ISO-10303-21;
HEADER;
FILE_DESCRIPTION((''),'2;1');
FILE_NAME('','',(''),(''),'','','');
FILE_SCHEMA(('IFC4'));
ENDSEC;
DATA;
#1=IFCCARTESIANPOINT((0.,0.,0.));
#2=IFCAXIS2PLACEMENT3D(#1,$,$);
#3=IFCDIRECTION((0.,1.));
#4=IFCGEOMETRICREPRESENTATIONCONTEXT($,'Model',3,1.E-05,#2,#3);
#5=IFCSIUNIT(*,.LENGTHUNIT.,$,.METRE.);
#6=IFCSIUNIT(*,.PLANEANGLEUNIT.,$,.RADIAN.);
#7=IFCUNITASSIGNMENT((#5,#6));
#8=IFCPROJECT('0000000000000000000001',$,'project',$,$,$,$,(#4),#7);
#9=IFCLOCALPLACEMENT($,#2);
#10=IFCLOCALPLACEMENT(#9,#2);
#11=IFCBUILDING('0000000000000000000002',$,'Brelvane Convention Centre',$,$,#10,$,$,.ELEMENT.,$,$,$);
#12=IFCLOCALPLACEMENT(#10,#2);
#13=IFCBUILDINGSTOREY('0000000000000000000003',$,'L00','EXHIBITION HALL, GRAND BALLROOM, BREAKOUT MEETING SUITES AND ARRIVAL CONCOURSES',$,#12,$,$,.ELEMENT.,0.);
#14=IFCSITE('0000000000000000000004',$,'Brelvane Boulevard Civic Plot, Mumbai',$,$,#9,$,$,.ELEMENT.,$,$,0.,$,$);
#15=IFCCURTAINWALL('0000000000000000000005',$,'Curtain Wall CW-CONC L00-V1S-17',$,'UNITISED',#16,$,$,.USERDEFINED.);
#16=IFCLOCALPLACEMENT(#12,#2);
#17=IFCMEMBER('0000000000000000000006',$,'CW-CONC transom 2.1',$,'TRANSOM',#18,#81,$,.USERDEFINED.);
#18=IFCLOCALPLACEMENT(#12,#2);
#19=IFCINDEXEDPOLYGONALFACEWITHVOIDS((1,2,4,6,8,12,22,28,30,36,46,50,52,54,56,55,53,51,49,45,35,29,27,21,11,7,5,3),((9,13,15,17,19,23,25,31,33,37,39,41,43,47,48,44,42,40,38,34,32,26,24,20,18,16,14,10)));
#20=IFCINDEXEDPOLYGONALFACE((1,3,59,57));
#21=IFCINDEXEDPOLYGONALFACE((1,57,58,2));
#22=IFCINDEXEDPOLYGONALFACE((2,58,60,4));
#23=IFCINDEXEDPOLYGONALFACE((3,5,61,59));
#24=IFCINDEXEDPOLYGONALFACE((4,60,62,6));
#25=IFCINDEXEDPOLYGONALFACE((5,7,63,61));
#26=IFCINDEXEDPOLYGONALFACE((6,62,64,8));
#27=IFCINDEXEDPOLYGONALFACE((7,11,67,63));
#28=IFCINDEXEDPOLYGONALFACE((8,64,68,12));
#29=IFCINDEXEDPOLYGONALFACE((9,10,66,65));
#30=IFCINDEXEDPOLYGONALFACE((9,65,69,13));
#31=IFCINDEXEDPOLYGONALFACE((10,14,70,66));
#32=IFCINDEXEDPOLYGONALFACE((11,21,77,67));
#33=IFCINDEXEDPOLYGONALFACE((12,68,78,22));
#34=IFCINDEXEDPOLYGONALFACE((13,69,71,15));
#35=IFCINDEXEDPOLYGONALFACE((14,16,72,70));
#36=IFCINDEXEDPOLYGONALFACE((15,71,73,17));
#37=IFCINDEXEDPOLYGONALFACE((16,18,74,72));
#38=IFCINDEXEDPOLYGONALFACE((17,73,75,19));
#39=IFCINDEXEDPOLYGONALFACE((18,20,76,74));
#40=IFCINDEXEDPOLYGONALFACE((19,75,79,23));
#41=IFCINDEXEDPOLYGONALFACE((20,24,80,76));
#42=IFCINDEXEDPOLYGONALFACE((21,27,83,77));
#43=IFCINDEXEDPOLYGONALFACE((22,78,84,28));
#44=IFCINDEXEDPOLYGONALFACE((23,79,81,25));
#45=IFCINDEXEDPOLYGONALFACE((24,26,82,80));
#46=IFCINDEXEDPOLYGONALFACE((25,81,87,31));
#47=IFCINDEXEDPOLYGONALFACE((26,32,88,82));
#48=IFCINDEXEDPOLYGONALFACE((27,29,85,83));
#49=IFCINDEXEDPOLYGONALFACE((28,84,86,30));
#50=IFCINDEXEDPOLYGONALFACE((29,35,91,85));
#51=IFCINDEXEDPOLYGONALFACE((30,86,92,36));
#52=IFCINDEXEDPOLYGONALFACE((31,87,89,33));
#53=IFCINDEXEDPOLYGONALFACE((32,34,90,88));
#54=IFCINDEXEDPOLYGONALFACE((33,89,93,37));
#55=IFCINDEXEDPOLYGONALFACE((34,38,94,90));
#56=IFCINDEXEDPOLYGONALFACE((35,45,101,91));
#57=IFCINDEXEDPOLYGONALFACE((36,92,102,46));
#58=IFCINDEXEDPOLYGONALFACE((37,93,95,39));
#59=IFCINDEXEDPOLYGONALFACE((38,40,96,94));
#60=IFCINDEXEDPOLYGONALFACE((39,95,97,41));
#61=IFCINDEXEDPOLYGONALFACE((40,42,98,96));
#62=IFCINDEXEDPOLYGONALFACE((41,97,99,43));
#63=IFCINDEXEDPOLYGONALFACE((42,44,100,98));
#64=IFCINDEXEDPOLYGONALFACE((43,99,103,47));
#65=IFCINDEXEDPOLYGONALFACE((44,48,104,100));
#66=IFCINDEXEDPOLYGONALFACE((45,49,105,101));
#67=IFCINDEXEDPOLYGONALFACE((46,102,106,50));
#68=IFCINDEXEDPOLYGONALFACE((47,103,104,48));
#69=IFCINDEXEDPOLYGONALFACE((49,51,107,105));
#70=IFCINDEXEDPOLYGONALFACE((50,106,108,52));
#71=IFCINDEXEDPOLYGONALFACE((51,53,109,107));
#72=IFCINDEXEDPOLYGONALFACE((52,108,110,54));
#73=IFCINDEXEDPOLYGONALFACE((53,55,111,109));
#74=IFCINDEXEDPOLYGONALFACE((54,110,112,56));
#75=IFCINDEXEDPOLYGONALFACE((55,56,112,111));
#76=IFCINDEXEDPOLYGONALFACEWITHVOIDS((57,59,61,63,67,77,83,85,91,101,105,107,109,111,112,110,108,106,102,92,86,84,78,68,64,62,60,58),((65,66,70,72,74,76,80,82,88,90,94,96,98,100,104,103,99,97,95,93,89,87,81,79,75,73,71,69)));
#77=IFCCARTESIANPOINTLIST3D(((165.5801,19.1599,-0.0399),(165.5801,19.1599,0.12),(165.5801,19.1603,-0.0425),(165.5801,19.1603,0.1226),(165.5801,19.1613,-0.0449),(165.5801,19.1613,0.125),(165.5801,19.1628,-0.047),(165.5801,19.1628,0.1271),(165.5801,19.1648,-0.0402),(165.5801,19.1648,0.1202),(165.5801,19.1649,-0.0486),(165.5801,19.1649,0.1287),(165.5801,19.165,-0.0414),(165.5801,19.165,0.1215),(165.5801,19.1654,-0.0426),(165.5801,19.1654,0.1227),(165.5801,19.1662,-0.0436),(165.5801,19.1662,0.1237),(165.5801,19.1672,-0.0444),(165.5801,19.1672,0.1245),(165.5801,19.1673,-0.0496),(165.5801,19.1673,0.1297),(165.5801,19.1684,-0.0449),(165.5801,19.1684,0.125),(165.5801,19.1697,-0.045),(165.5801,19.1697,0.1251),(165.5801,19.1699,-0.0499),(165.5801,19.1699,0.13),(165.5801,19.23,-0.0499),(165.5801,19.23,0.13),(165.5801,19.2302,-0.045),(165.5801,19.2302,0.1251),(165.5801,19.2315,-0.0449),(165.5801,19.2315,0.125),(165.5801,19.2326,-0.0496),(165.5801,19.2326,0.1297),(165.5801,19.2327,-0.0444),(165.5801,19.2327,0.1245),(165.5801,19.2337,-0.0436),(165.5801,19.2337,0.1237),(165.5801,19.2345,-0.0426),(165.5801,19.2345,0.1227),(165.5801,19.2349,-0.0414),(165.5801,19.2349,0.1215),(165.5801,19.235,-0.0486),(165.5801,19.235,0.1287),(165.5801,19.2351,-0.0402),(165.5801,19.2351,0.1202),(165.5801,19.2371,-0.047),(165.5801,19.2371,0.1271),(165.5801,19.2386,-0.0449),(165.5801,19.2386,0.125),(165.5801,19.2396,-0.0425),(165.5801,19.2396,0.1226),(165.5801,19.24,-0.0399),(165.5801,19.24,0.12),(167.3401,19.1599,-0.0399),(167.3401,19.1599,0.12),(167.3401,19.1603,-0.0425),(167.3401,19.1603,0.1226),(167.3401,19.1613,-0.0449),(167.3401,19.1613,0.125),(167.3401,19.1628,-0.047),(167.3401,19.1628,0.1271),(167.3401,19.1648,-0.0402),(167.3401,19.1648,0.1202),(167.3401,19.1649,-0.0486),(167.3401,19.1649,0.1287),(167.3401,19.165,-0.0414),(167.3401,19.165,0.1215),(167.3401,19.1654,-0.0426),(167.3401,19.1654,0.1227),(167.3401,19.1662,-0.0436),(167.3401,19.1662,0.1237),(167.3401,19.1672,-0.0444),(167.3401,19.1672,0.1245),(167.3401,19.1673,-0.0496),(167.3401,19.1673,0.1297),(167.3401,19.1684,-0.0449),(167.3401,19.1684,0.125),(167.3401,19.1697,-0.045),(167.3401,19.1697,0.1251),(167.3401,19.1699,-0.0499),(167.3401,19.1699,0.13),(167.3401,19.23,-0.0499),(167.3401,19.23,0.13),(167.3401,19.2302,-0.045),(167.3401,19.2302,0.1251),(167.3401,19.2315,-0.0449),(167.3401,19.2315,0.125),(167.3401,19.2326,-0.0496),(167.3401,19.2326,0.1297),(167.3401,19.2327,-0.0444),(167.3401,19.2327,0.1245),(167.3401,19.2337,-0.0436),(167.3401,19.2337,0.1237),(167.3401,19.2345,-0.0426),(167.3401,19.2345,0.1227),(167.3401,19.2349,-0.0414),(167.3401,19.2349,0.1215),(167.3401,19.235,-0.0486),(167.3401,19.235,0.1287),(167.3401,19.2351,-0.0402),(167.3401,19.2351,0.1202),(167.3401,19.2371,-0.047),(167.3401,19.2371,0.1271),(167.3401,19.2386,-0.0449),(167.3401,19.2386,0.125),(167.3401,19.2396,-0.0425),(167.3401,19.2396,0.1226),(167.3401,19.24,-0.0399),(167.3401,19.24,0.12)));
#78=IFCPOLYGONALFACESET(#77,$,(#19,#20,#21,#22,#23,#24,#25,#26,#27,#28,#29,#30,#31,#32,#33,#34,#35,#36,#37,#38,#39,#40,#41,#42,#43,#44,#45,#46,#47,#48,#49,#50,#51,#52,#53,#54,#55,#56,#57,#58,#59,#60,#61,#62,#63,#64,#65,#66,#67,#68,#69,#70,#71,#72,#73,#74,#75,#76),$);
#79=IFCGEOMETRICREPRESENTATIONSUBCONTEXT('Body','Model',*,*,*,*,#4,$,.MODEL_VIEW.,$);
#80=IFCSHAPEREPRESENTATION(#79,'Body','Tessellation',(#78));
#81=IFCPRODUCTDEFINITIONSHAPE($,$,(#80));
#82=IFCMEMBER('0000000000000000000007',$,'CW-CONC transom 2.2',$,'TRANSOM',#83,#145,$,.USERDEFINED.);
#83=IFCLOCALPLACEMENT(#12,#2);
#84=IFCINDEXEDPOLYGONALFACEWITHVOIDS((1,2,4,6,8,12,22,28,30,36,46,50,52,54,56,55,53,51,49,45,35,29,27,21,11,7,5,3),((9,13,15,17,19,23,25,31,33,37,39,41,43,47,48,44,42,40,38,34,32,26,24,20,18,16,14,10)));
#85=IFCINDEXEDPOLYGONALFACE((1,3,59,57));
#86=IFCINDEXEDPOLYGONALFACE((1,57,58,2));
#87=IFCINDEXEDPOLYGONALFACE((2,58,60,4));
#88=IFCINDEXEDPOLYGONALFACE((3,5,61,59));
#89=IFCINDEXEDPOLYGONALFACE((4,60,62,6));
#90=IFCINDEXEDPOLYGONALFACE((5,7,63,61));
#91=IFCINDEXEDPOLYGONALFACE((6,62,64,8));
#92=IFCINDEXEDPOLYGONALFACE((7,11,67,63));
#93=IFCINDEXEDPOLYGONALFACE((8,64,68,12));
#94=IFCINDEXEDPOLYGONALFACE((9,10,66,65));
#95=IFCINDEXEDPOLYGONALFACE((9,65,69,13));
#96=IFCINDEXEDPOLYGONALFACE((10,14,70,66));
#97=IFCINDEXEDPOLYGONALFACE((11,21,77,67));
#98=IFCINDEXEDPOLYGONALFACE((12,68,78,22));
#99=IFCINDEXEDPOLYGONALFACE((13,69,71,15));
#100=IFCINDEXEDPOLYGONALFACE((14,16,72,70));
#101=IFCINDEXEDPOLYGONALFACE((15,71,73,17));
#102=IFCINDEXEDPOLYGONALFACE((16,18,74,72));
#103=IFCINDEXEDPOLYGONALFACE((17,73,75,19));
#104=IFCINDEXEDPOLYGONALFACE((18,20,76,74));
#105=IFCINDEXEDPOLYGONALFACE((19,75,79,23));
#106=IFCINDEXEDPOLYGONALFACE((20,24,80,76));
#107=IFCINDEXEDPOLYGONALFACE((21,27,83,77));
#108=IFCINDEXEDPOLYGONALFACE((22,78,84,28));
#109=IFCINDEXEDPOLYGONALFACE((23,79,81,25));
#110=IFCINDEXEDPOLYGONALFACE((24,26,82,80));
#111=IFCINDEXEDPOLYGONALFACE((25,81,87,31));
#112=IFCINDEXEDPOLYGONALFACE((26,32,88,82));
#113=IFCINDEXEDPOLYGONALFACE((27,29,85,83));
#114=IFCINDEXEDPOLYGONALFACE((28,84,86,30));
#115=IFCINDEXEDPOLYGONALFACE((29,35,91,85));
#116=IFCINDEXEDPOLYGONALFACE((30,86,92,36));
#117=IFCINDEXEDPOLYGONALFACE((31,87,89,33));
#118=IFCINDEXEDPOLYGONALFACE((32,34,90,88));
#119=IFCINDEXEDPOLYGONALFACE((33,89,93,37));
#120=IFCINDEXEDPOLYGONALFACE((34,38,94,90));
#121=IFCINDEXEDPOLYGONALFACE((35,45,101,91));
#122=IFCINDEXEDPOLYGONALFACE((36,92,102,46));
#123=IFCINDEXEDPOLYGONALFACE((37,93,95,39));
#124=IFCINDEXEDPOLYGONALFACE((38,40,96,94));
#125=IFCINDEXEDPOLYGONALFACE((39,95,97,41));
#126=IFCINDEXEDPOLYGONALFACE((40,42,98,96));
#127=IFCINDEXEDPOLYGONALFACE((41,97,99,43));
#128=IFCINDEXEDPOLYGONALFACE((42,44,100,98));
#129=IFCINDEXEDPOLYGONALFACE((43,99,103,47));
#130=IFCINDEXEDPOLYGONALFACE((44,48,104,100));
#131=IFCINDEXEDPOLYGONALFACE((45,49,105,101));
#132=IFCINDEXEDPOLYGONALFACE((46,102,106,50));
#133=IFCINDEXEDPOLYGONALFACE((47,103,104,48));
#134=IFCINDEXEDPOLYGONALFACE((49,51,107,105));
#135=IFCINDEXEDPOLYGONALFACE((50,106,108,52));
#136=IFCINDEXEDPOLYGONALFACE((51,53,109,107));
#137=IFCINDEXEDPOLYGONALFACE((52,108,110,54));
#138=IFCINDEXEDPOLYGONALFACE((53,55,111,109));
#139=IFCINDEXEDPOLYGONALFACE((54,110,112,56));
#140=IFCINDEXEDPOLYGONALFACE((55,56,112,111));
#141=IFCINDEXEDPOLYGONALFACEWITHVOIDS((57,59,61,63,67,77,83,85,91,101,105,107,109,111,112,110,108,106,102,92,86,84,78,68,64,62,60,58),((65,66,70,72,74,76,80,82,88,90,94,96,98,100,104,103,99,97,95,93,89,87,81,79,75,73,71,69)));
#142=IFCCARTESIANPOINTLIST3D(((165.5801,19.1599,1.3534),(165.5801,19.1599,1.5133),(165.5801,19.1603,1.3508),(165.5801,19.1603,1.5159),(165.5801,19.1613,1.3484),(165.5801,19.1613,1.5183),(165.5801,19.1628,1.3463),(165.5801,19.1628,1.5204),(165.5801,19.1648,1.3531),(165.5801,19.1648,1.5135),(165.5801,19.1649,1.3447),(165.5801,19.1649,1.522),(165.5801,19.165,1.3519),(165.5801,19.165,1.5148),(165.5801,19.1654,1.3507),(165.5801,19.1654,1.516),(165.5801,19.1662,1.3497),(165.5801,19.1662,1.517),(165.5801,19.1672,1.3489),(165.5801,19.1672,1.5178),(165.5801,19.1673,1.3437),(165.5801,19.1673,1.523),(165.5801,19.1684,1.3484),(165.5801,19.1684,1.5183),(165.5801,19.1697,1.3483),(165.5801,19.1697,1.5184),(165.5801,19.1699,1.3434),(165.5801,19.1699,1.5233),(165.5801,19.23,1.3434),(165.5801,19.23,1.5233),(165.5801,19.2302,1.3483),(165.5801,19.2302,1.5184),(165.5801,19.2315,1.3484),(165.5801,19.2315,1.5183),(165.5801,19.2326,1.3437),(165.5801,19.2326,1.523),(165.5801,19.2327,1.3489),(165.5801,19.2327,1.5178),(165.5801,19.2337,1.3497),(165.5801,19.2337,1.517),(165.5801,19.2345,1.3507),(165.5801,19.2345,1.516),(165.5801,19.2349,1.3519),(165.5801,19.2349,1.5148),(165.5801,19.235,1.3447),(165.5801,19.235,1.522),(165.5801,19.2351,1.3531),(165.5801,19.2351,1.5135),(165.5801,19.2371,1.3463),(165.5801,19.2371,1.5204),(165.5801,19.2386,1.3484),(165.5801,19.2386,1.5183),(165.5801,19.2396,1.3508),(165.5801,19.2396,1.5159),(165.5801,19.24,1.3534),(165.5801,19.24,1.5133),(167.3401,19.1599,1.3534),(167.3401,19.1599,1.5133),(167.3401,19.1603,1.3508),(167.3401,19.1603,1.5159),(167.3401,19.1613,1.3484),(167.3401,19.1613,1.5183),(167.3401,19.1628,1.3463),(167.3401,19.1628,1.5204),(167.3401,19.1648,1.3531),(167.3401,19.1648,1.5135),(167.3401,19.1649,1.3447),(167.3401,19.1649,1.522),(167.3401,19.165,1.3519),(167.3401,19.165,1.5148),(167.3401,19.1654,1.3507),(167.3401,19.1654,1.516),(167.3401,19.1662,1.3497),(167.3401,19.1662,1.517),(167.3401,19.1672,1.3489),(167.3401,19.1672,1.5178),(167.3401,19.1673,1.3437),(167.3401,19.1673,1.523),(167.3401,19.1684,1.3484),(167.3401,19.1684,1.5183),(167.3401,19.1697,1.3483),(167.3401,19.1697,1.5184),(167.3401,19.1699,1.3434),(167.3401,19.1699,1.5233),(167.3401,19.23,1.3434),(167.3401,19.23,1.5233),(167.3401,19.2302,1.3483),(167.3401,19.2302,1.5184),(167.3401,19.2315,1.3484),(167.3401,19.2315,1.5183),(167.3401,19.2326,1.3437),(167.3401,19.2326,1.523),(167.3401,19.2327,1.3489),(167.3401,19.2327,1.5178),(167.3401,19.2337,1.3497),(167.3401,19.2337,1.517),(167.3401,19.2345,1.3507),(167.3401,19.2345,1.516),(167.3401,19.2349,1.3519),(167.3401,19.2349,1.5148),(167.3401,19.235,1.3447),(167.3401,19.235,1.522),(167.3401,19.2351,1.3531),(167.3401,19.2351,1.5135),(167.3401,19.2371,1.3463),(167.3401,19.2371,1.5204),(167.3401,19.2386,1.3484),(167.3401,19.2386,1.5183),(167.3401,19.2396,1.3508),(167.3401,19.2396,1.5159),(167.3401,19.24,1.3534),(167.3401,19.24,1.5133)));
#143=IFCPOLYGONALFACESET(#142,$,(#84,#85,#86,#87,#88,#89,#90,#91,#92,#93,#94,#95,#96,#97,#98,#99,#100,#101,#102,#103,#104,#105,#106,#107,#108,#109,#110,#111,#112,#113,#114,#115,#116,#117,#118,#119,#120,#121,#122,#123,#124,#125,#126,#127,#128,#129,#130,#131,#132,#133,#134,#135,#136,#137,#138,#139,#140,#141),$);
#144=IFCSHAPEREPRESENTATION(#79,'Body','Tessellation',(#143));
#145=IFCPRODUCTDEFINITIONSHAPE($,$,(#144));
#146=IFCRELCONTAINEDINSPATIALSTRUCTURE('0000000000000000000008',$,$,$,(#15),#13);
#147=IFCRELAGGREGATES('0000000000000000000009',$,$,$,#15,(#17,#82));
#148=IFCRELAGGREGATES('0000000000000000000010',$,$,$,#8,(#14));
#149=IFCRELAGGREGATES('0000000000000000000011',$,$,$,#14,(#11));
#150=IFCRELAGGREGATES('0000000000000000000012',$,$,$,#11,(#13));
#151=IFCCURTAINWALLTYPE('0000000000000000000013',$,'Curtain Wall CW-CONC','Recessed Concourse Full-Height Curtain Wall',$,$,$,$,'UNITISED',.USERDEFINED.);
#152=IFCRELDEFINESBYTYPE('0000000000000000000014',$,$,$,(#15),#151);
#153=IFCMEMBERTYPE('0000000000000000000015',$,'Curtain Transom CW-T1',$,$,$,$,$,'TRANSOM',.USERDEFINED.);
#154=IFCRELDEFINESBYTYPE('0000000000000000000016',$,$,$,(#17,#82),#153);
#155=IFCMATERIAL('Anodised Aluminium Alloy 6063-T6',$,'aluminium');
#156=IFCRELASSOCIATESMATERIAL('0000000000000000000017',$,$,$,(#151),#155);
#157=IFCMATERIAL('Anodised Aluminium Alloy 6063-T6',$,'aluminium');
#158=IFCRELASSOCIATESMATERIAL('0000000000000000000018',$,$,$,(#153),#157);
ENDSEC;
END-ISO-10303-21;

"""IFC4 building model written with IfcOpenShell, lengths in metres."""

from ifc_helpers import new_model, si_unit, direction, frame, origin, origin_2d, place, context, subcontext, project, spatial, hollow_rectangle, extrude, material, material_profile, profile_set, type_object, element, aggregate, save


model = new_model("IFC4")

# Units and contexts
model_context = context("Model", 3, precision=1e-05, world=origin(), true_north=direction((0.0, 1.0)))
body_context = subcontext(model_context, "Body", "Model", "MODEL_VIEW")
ifc_project = project(units=[si_unit("LENGTHUNIT", "METRE"), si_unit("PLANEANGLEUNIT", "RADIAN")], contexts=[model_context])

# Site, building, storey
site_placement = place(None, origin())
site = spatial("IfcSite", under=ifc_project, at=site_placement, Name="Brelvane Boulevard Civic Plot, Mumbai", CompositionType="ELEMENT", RefElevation=0.0)
building_placement = place(site_placement, origin())
building = spatial("IfcBuilding", under=site, at=building_placement, Name="Brelvane Convention Centre", CompositionType="ELEMENT")
storey_placement = place(building_placement, origin())
storey = spatial("IfcBuildingStorey", under=building, at=storey_placement, Name="L00", Description="EXHIBITION HALL, GRAND BALLROOM, BREAKOUT MEETING SUITES AND ARRIVAL CONCOURSES", CompositionType="ELEMENT", Elevation=0.0)

# Curtain wall, members
ifc_material_1 = material(Name="Anodised Aluminium Alloy 6063-T6", Category="aluminium")
curtain_wall_type = type_object("IfcCurtainWallType", Name="Curtain Wall CW-CONC", Description="Recessed Concourse Full-Height Curtain Wall", ElementType="UNITISED", PredefinedType="USERDEFINED", material=ifc_material_1)
curtain_wall_placement = place(storey_placement, origin())
curtain_wall = element("IfcCurtainWall", 1, at=curtain_wall_placement, inside=storey, type_object=curtain_wall_type, Name="Curtain Wall CW-CONC L00-V1S-17", ObjectType="UNITISED", PredefinedType="USERDEFINED")
ifc_material_2 = material(Name="Anodised Aluminium Alloy 6063-T6", Category="aluminium")
ifc_material_profile_1 = material_profile(ifc_material_2, hollow_rectangle(XDim=0.0801, YDim=0.1799, WallThickness=0.0049, InnerFilletRadius=0.0049, OuterFilletRadius=0.01, at=origin_2d()), Name="ALU-T 180x80x5.0")
ifc_profile_set_1 = profile_set([ifc_material_profile_1], Name="Anodised Aluminium Alloy 6063-T6")
member_type_1 = type_object("IfcMemberType", Name="Curtain Transom CW-T1", ElementType="TRANSOM", PredefinedType="USERDEFINED", material=ifc_profile_set_1)
member_1_placement = place(storey_placement, frame((165.5801, 19.2, 0.04), z_axis=(1.0, 0.0, 0.0), x_axis=(0.0, 1.0, 0.0)))
member_1 = element("IfcMember", 2, at=member_1_placement, type_object=member_type_1, Name="CW-CONC transom 2.1", ObjectType="TRANSOM", PredefinedType="USERDEFINED", context=body_context, shape_type="SweptSolid", body=[
    extrude(hollow_rectangle(XDim=0.0801, YDim=0.1799, WallThickness=0.0049, InnerFilletRadius=0.0049, OuterFilletRadius=0.01, at=origin_2d()), origin(), (0.0, 0.0, 1.0), 1.76),
])
member_2_placement = place(storey_placement, frame((165.5801, 19.2, 1.4333), z_axis=(1.0, 0.0, 0.0), x_axis=(0.0, 1.0, 0.0)))
member_2 = element("IfcMember", 3, at=member_2_placement, type_object=member_type_1, Name="CW-CONC transom 2.2", ObjectType="TRANSOM", PredefinedType="USERDEFINED", context=body_context, shape_type="SweptSolid", body=[
    extrude(hollow_rectangle(XDim=0.0801, YDim=0.1799, WallThickness=0.0049, InnerFilletRadius=0.0049, OuterFilletRadius=0.01, at=origin_2d()), origin(), (0.0, 0.0, 1.0), 1.76),
])

aggregate(curtain_wall, [member_1, member_2])

save(model, "model.ifc")
